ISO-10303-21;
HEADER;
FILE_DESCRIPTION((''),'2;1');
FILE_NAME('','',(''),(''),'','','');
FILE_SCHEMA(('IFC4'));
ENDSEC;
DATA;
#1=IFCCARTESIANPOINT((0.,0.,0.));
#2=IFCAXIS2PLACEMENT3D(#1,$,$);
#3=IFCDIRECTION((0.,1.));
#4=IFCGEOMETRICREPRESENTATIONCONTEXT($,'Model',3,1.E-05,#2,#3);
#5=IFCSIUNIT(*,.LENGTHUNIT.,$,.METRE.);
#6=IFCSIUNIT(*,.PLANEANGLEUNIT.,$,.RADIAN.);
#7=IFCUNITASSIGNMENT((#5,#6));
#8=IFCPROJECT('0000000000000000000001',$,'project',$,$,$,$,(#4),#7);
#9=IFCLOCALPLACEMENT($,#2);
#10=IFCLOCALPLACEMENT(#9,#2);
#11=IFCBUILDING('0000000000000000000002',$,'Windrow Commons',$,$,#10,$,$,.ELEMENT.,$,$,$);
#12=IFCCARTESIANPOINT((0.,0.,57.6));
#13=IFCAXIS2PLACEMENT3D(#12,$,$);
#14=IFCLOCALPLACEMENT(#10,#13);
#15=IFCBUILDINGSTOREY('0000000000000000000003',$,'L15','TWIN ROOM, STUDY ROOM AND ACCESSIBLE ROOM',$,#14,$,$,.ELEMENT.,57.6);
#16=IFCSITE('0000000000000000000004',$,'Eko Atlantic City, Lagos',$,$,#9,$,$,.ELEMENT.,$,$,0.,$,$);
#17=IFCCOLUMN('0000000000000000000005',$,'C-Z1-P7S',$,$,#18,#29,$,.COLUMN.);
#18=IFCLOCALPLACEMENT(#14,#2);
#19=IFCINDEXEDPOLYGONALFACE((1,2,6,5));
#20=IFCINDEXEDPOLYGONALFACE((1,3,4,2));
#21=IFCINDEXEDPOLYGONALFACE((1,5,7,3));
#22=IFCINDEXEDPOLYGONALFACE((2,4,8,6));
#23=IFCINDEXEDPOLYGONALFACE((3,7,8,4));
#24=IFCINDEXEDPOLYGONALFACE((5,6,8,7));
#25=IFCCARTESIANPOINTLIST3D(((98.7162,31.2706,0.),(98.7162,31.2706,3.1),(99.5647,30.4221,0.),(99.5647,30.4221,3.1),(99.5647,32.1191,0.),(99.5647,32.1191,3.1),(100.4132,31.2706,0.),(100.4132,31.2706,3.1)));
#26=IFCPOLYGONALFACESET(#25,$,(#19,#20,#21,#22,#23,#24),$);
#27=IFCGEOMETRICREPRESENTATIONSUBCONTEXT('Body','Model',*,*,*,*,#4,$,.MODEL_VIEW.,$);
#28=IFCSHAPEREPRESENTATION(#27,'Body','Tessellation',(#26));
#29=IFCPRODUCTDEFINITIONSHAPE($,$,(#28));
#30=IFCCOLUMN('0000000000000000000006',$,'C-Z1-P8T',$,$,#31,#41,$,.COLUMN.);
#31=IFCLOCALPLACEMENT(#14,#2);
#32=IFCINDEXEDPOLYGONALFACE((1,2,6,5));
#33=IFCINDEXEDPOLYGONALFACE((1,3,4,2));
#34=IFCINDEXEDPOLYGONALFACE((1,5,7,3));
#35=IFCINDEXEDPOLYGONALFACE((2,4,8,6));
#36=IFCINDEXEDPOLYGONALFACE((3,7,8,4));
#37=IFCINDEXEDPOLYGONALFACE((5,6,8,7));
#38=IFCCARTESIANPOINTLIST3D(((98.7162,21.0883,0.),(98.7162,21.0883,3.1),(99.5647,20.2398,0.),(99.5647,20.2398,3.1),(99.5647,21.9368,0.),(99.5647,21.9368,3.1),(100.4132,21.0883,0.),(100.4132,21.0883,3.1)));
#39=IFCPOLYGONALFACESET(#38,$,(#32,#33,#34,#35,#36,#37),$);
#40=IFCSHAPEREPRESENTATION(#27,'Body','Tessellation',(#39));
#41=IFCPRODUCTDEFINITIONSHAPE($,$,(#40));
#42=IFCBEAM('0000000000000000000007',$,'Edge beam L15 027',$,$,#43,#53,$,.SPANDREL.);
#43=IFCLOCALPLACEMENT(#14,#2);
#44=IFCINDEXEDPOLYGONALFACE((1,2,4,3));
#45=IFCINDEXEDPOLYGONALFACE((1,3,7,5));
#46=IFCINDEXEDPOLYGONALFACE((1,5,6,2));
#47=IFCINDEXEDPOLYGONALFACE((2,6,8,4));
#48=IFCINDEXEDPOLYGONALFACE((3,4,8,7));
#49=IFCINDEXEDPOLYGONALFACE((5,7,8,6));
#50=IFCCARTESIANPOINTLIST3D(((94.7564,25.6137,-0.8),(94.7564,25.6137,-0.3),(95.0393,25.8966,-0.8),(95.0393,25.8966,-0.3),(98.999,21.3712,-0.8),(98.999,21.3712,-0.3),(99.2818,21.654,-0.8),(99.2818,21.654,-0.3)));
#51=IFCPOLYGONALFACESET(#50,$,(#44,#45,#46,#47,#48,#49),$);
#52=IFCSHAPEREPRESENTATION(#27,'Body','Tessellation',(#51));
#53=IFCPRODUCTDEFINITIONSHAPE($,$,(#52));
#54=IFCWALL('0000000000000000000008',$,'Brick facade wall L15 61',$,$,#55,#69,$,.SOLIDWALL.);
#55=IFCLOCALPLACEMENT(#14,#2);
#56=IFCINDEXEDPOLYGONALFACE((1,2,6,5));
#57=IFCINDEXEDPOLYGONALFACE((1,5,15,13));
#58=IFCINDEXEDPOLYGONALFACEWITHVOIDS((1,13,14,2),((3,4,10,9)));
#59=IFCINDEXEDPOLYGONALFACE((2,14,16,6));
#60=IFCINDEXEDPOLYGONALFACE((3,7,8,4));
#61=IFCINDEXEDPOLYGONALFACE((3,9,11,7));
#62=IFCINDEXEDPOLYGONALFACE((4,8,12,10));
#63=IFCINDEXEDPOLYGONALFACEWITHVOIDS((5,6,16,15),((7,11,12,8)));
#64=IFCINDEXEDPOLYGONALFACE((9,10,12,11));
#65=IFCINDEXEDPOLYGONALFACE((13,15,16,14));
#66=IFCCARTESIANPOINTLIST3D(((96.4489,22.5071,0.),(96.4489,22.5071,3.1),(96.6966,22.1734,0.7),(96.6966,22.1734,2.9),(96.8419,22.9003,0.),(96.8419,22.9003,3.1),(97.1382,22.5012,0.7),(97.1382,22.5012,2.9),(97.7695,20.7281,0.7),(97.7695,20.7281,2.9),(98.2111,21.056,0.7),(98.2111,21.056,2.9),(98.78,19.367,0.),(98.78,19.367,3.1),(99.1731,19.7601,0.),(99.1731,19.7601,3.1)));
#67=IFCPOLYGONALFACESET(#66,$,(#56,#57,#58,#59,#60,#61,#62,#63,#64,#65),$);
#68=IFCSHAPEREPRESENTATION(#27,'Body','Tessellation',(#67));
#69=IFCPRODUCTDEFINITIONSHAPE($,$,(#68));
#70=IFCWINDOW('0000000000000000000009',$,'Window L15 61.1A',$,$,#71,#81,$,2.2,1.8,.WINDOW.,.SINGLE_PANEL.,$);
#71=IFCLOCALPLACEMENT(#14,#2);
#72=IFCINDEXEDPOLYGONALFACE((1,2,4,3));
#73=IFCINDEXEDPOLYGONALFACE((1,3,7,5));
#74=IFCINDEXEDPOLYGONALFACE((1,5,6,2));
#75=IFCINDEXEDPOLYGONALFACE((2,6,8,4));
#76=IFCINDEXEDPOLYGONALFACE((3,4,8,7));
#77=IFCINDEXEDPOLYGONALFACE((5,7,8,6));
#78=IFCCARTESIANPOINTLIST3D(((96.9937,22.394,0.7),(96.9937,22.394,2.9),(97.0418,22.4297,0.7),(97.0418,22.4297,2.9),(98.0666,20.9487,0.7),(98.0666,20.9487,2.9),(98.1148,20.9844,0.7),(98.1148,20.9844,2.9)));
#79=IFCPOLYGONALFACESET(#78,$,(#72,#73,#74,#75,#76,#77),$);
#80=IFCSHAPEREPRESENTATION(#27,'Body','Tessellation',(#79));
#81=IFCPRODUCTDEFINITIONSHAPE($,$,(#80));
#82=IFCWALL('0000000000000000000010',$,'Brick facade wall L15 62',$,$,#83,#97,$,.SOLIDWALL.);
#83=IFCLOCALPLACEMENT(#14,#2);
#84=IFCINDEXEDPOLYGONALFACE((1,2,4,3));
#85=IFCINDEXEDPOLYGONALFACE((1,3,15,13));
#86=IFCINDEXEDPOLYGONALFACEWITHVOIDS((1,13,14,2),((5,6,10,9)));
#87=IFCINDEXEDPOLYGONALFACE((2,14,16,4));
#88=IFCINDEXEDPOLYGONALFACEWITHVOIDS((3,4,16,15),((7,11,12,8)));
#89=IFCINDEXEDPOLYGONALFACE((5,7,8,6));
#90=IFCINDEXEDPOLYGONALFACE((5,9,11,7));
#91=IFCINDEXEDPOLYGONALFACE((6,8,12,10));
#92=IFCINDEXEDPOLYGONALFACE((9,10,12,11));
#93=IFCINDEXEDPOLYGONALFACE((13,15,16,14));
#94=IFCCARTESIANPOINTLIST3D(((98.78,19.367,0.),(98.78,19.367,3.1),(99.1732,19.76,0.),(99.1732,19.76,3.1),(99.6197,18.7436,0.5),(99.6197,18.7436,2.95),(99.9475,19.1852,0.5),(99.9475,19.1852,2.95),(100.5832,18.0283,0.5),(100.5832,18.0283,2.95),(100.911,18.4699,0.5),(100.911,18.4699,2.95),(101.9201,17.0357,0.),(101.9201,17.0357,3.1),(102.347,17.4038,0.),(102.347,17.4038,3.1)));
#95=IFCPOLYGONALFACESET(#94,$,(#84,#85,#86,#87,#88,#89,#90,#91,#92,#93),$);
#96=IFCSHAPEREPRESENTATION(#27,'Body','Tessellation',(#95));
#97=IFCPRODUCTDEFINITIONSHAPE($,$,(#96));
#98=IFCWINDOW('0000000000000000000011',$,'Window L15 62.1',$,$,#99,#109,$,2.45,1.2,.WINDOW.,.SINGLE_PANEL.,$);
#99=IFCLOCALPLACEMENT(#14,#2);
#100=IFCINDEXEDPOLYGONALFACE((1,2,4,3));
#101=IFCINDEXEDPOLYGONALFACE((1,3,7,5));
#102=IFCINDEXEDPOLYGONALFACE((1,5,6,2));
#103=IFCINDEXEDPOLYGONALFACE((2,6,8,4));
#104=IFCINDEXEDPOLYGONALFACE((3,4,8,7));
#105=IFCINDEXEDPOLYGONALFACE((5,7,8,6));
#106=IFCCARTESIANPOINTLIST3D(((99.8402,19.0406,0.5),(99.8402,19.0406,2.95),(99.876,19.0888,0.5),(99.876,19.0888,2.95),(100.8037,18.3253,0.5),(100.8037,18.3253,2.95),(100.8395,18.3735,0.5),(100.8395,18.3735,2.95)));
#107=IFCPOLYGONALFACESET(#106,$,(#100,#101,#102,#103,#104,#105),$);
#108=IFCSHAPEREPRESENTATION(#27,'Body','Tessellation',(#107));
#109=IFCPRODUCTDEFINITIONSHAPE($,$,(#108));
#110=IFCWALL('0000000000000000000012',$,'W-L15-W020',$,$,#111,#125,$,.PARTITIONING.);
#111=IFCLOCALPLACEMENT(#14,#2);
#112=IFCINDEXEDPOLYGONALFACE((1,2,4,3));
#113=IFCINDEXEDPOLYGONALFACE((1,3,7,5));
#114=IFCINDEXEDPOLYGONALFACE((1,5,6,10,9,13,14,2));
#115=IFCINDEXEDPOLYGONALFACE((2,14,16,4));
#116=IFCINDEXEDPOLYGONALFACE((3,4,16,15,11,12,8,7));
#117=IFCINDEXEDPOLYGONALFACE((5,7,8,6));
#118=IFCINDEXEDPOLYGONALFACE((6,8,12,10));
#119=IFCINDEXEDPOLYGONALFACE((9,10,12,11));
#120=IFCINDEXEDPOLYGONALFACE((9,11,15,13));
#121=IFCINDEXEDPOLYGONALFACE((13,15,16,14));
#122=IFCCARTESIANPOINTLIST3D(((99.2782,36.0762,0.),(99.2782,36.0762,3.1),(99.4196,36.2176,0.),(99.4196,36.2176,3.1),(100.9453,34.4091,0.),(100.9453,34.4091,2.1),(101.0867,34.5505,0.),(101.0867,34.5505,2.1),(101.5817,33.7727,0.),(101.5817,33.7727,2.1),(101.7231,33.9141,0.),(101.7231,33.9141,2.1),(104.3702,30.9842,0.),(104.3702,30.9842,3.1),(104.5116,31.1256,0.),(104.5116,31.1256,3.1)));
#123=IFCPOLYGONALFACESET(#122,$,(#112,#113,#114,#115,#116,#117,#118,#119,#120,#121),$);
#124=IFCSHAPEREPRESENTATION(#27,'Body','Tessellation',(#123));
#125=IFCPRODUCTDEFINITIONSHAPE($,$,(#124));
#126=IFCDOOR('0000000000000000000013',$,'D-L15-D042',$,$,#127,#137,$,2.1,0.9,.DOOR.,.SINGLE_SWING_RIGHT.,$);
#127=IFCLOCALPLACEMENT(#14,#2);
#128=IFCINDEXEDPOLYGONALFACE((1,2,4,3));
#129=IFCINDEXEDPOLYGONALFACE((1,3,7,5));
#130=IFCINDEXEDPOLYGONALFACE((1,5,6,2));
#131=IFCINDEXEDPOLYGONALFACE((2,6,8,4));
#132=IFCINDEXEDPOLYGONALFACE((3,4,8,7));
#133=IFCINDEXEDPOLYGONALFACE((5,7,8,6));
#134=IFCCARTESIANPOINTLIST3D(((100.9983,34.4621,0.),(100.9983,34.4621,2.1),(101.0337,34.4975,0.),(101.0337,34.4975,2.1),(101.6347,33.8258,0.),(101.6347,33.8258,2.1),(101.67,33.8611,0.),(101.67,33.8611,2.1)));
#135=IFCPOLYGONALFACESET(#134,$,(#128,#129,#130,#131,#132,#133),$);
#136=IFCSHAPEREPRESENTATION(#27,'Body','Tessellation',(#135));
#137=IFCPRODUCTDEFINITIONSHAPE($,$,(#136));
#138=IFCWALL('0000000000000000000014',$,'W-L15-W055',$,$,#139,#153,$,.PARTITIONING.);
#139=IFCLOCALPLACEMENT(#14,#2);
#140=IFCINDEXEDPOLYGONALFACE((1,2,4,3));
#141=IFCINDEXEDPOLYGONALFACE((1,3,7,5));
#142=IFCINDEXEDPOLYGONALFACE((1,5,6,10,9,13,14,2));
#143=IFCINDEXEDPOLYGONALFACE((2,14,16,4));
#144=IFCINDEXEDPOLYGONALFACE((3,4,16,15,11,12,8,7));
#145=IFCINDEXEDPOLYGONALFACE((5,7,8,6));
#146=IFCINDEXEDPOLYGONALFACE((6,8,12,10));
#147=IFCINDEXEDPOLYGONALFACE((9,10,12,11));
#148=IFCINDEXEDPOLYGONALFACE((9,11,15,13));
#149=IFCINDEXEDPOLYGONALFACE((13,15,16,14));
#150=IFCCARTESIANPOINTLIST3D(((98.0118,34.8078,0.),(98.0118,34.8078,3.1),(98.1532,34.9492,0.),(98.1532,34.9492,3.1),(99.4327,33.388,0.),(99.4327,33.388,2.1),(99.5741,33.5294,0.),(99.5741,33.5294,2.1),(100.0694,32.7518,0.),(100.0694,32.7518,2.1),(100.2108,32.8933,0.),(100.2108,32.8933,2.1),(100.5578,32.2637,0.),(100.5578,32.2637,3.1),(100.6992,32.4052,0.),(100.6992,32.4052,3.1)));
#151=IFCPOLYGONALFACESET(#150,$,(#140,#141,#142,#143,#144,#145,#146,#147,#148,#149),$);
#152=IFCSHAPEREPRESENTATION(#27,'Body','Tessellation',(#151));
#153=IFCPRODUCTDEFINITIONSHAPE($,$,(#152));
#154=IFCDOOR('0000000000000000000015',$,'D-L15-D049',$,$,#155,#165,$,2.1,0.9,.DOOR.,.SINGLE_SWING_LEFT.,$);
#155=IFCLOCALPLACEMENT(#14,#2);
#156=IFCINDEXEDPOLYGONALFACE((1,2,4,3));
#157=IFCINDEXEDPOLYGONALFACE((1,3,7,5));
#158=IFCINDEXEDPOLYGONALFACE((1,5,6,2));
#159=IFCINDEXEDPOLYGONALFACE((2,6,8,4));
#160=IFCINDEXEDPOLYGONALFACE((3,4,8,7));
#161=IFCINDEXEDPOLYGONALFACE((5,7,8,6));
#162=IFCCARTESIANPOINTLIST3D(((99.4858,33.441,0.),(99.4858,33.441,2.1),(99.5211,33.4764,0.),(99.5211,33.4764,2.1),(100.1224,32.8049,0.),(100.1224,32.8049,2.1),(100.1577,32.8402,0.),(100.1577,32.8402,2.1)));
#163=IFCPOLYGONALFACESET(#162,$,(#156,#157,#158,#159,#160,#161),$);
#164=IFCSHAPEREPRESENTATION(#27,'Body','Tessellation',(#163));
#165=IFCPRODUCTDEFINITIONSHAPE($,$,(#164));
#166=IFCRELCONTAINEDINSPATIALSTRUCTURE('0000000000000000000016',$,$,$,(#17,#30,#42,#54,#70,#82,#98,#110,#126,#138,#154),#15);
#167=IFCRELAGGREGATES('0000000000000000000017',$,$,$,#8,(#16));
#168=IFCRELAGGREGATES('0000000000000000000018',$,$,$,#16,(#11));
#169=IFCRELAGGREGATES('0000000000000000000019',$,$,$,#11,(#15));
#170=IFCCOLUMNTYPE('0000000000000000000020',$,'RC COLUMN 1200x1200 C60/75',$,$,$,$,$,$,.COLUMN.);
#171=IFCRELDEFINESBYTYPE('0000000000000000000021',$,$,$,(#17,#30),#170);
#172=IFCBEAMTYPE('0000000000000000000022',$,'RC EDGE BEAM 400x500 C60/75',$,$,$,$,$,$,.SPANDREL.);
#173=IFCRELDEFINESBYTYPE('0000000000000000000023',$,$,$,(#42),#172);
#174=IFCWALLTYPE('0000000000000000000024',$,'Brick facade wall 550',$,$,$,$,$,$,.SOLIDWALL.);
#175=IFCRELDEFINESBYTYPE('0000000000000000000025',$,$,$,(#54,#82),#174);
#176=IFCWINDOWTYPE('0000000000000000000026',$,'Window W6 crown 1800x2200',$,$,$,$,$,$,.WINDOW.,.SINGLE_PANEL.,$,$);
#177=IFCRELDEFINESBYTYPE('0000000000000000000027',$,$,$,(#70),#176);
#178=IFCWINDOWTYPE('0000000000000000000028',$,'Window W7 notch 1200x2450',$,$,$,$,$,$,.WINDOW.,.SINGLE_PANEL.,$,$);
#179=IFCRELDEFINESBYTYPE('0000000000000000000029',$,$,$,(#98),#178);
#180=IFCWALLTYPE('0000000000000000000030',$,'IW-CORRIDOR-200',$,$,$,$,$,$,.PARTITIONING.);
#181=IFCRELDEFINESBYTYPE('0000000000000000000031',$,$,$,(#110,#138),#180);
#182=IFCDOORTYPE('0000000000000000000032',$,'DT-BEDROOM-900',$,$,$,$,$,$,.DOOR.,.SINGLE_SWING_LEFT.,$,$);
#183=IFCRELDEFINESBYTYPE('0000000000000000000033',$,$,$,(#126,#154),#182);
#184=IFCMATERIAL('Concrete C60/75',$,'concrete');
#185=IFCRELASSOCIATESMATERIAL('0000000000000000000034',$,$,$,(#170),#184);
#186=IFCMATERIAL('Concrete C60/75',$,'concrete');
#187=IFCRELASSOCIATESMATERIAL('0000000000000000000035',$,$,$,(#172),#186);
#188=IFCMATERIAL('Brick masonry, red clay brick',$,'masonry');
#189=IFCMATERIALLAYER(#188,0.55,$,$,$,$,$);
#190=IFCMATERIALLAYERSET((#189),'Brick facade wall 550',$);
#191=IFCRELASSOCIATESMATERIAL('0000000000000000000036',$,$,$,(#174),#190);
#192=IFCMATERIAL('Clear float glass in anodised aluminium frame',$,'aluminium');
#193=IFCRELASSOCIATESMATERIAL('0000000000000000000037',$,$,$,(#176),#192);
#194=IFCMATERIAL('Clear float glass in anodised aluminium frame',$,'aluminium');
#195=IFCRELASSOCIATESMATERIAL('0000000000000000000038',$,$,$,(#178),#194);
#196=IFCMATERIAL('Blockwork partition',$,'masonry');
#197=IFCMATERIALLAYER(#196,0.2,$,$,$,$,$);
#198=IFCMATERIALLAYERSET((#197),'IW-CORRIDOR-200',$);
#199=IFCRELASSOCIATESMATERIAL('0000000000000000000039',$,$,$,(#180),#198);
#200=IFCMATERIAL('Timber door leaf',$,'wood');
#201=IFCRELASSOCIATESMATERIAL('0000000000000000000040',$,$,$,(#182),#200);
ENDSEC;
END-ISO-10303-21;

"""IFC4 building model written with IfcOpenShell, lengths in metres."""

from ifc_helpers import new_model, si_unit, direction, frame, frame_2d, origin, origin_2d, place, context, subcontext, project, spatial, polyline, rectangle, outline, extrude, material, layer, layer_set, material_profile, profile_set, type_object, element, fill, save


model = new_model("IFC4")

# Units and contexts
model_context = context("Model", 3, precision=1e-05, world=origin(), true_north=direction((0.0, 1.0)))
body_context = subcontext(model_context, "Body", "Model", "MODEL_VIEW")
ifc_project = project(units=[si_unit("LENGTHUNIT", "METRE"), si_unit("PLANEANGLEUNIT", "RADIAN")], contexts=[model_context])

# Site, building, storey
site_placement = place(None, origin())
site = spatial("IfcSite", under=ifc_project, at=site_placement, Name="Eko Atlantic City, Lagos", CompositionType="ELEMENT", RefElevation=0.0)
building_placement = place(site_placement, origin())
building = spatial("IfcBuilding", under=site, at=building_placement, Name="Windrow Commons", CompositionType="ELEMENT")
storey_placement = place(building_placement, frame((0.0, 0.0, 57.6)))
storey = spatial("IfcBuildingStorey", under=building, at=storey_placement, Name="L15", Description="TWIN ROOM, STUDY ROOM AND ACCESSIBLE ROOM", CompositionType="ELEMENT", Elevation=57.6)

# Columns
ifc_material_1 = material(Name="Concrete C60/75", Category="concrete")
ifc_material_profile_1 = material_profile(ifc_material_1, rectangle(XDim=1.2, YDim=1.2, at=origin_2d()))
ifc_profile_set_1 = profile_set([ifc_material_profile_1], Name="Concrete C60/75")
column_type = type_object("IfcColumnType", Name="RC COLUMN 1200x1200 C60/75", PredefinedType="COLUMN", material=ifc_profile_set_1)
for number, where, z_axis, x_axis, name in (
    (1, (99.5647, 31.2706, 0.0), (0.0, 0.0, 1.0), (0.707107, -0.707107, 0.0), "C-Z1-P7S"),
    (2, (99.5647, 21.0883, 0.0), (0.0, 0.0, 1.0), (0.707107, -0.707107, 0.0), "C-Z1-P8T"),
):
    element("IfcColumn", number, at=place(storey_placement, frame(where, z_axis=z_axis, x_axis=x_axis)), inside=storey, type_object=column_type, Name=name, PredefinedType="COLUMN", context=body_context, shape_type="SweptSolid", body=[
        extrude(rectangle(XDim=1.2, YDim=1.2, at=origin_2d()), origin(), (0.0, 0.0, 1.0), 3.1),
    ])

# Beam
ifc_material_2 = material(Name="Concrete C60/75", Category="concrete")
ifc_material_profile_2 = material_profile(ifc_material_2, rectangle(XDim=0.4, YDim=0.5, at=origin_2d()))
ifc_profile_set_2 = profile_set([ifc_material_profile_2], Name="Concrete C60/75")
beam_type = type_object("IfcBeamType", Name="RC EDGE BEAM 400x500 C60/75", PredefinedType="SPANDREL", material=ifc_profile_set_2)
beam_placement = place(storey_placement, frame((99.1404, 21.5126, -0.55), z_axis=(-0.707107, 0.707107, 0.0), x_axis=(-0.707107, -0.707107, 0.0)))
element("IfcBeam", 3, at=beam_placement, inside=storey, type_object=beam_type, Name="Edge beam L15 027", PredefinedType="SPANDREL", context=body_context, shape_type="SweptSolid", body=[
    extrude(rectangle(XDim=0.4, YDim=0.5, at=origin_2d()), origin(), (0.0, 0.0, 1.0), 5.9999),
])

# Walls, openings, windows
ifc_material_3 = material(Name="Brick masonry, red clay brick", Category="masonry")
ifc_layer_1 = layer(ifc_material_3, 0.55)
ifc_layer_set_1 = layer_set([ifc_layer_1], Name="Brick facade wall 550")
wall_type_1 = type_object("IfcWallType", Name="Brick facade wall 550", PredefinedType="SOLIDWALL", material=ifc_layer_set_1)
wall_1_placement = place(storey_placement, frame((96.6454, 22.7037, 0.0), z_axis=(0.0, 0.0, 1.0), x_axis=(0.596074, -0.80293, 0.0)))
wall_1 = element("IfcWall", 4, at=wall_1_placement, inside=storey, type_object=wall_type_1, Name="Brick facade wall L15 61", PredefinedType="SOLIDWALL", context=body_context, shape_type="SweptSolid", body=[
    extrude(outline(polyline([(0.0407, -0.275), (3.9515, -0.275), (3.8702, 0.275), (-0.0407, 0.275), (0.0407, -0.275)])), origin(), (0.0, 0.0, 1.0), 3.1),
])
opening_1_placement = place(wall_1_placement, frame((0.4563, 0.0, 0.7)))
opening_1 = element("IfcOpeningElement", 5, at=opening_1_placement, cuts=wall_1, PredefinedType="OPENING", context=body_context, shape_type="SweptSolid", body=[
    extrude(rectangle(XDim=1.8, YDim=2.2, at=frame_2d((0.9, 1.1))), frame((0.0, 0.285, 0.0), z_axis=(0.0, -1.0, 0.0), x_axis=(1.0, 0.0, 0.0)), (0.0, 0.0, 1.0), 0.57),
])
ifc_material_4 = material(Name="Clear float glass in anodised aluminium frame", Category="aluminium")
window_type_1 = type_object("IfcWindowType", Name="Window W6 crown 1800x2200", PartitioningType="SINGLE_PANEL", PredefinedType="WINDOW", material=ifc_material_4)
window_1_placement = place(opening_1_placement, origin())
window_1 = element("IfcWindow", 6, at=window_1_placement, inside=storey, type_object=window_type_1, Name="Window L15 61.1A", OverallHeight=2.2, OverallWidth=1.8, PartitioningType="SINGLE_PANEL", PredefinedType="WINDOW", context=body_context, shape_type="SweptSolid", body=[
    extrude(rectangle(XDim=1.8, YDim=2.2, at=frame_2d((0.9, 1.1))), frame((0.0, 0.155, 0.0), z_axis=(0.0, -1.0, 0.0), x_axis=(1.0, 0.0, 0.0)), (0.0, 0.0, 1.0), 0.06),
])
fill(opening_1, window_1)
wall_2_placement = place(storey_placement, frame((98.9766, 19.5635, 0.0), z_axis=(0.0, 0.0, 1.0), x_axis=(0.802917, -0.59609, 0.0)))
wall_2 = element("IfcWall", 7, at=wall_2_placement, inside=storey, type_object=wall_type_1, Name="Brick facade wall L15 62", PredefinedType="SOLIDWALL", context=body_context, shape_type="SweptSolid", body=[
    extrude(outline(polyline([(-0.0407, -0.275), (3.8702, -0.275), (3.9935, 0.275), (0.0407, 0.275), (-0.0407, -0.275)])), origin(), (0.0, 0.0, 1.0), 3.1),
])
opening_2_placement = place(wall_2_placement, frame((1.0051, 0.0, 0.5)))
opening_2 = element("IfcOpeningElement", 8, at=opening_2_placement, cuts=wall_2, PredefinedType="OPENING", context=body_context, shape_type="SweptSolid", body=[
    extrude(rectangle(XDim=1.2, YDim=2.45, at=frame_2d((0.6, 1.225))), frame((0.0, 0.285, 0.0), z_axis=(0.0, -1.0, 0.0), x_axis=(1.0, 0.0, 0.0)), (0.0, 0.0, 1.0), 0.57),
])
ifc_material_5 = material(Name="Clear float glass in anodised aluminium frame", Category="aluminium")
window_type_2 = type_object("IfcWindowType", Name="Window W7 notch 1200x2450", PartitioningType="SINGLE_PANEL", PredefinedType="WINDOW", material=ifc_material_5)
window_2_placement = place(opening_2_placement, origin())
window_2 = element("IfcWindow", 9, at=window_2_placement, inside=storey, type_object=window_type_2, Name="Window L15 62.1", OverallHeight=2.45, OverallWidth=1.2, PartitioningType="SINGLE_PANEL", PredefinedType="WINDOW", context=body_context, shape_type="SweptSolid", body=[
    extrude(rectangle(XDim=1.2, YDim=2.45, at=frame_2d((0.6, 1.225))), frame((0.0, 0.155, 0.0), z_axis=(0.0, -1.0, 0.0), x_axis=(1.0, 0.0, 0.0)), (0.0, 0.0, 1.0), 0.06),
])
fill(opening_2, window_2)

# Walls, openings, doors
ifc_material_6 = material(Name="Blockwork partition", Category="masonry")
ifc_layer_2 = layer(ifc_material_6, 0.2)
ifc_layer_set_2 = layer_set([ifc_layer_2], Name="IW-CORRIDOR-200")
wall_type_2 = type_object("IfcWallType", Name="IW-CORRIDOR-200", PredefinedType="PARTITIONING", material=ifc_layer_set_2)
wall_3_placement = place(storey_placement, frame((99.3489, 36.1469, 0.0), z_axis=(0.0, 0.0, 1.0), x_axis=(0.707107, -0.707107, 0.0)))
wall_3 = element("IfcWall", 10, at=wall_3_placement, inside=storey, type_object=wall_type_2, Name="W-L15-W020", PredefinedType="PARTITIONING", context=body_context, shape_type="SweptSolid", body=[
    extrude(rectangle(XDim=7.2012, YDim=0.2, at=frame_2d((3.6006, 0.0))), origin(), (0.0, 0.0, 1.0), 3.1),
])
opening_3_placement = place(wall_3_placement, frame((2.3576, 0.0, 0.0)))
opening_3 = element("IfcOpeningElement", 11, at=opening_3_placement, cuts=wall_3, PredefinedType="OPENING", context=body_context, shape_type="SweptSolid", body=[
    extrude(rectangle(XDim=0.9, YDim=2.1, at=frame_2d((0.45, 1.05))), frame((0.0, 0.11, 0.0), z_axis=(0.0, -1.0, 0.0), x_axis=(1.0, 0.0, 0.0)), (0.0, 0.0, 1.0), 0.22),
])
ifc_material_7 = material(Name="Timber door leaf", Category="wood")
door_type_1 = type_object("IfcDoorType", Name="DT-BEDROOM-900", OperationType="SINGLE_SWING_LEFT", PredefinedType="DOOR", material=ifc_material_7)
door_1_placement = place(opening_3_placement, origin())
door_1 = element("IfcDoor", 12, at=door_1_placement, inside=storey, type_object=door_type_1, Name="D-L15-D042", OperationType="SINGLE_SWING_RIGHT", OverallHeight=2.1, OverallWidth=0.9, PredefinedType="DOOR", context=body_context, shape_type="SweptSolid", body=[
    extrude(rectangle(XDim=0.9, YDim=2.1, at=frame_2d((0.45, 1.05))), frame((0.0, 0.025, 0.0), z_axis=(0.0, -1.0, 0.0), x_axis=(1.0, 0.0, 0.0)), (0.0, 0.0, 1.0), 0.05),
])
fill(opening_3, door_1)
wall_4_placement = place(storey_placement, frame((98.0825, 34.8785, 0.0), z_axis=(0.0, 0.0, 1.0), x_axis=(0.707385, -0.706829, 0.0)))
wall_4 = element("IfcWall", 13, at=wall_4_placement, inside=storey, type_object=wall_type_2, Name="W-L15-W055", PredefinedType="PARTITIONING", context=body_context, shape_type="SweptSolid", body=[
    extrude(rectangle(XDim=3.5992, YDim=0.2, at=frame_2d((1.7996, 0.0))), origin(), (0.0, 0.0, 1.0), 3.1),
])
opening_4_placement = place(wall_4_placement, frame((2.0087, 0.0, 0.0)))
opening_4 = element("IfcOpeningElement", 14, at=opening_4_placement, cuts=wall_4, PredefinedType="OPENING", context=body_context, shape_type="SweptSolid", body=[
    extrude(rectangle(XDim=0.9, YDim=2.1, at=frame_2d((0.45, 1.05))), frame((0.0, 0.11, 0.0), z_axis=(0.0, -1.0, 0.0), x_axis=(1.0, 0.0, 0.0)), (0.0, 0.0, 1.0), 0.22),
])
door_2_placement = place(opening_4_placement, origin())
door_2 = element("IfcDoor", 15, at=door_2_placement, inside=storey, type_object=door_type_1, Name="D-L15-D049", OperationType="SINGLE_SWING_LEFT", OverallHeight=2.1, OverallWidth=0.9, PredefinedType="DOOR", context=body_context, shape_type="SweptSolid", body=[
    extrude(rectangle(XDim=0.9, YDim=2.1, at=frame_2d((0.45, 1.05))), frame((0.0, 0.025, 0.0), z_axis=(0.0, -1.0, 0.0), x_axis=(1.0, 0.0, 0.0)), (0.0, 0.0, 1.0), 0.05),
])
fill(opening_4, door_2)

save(model, "model.ifc")
